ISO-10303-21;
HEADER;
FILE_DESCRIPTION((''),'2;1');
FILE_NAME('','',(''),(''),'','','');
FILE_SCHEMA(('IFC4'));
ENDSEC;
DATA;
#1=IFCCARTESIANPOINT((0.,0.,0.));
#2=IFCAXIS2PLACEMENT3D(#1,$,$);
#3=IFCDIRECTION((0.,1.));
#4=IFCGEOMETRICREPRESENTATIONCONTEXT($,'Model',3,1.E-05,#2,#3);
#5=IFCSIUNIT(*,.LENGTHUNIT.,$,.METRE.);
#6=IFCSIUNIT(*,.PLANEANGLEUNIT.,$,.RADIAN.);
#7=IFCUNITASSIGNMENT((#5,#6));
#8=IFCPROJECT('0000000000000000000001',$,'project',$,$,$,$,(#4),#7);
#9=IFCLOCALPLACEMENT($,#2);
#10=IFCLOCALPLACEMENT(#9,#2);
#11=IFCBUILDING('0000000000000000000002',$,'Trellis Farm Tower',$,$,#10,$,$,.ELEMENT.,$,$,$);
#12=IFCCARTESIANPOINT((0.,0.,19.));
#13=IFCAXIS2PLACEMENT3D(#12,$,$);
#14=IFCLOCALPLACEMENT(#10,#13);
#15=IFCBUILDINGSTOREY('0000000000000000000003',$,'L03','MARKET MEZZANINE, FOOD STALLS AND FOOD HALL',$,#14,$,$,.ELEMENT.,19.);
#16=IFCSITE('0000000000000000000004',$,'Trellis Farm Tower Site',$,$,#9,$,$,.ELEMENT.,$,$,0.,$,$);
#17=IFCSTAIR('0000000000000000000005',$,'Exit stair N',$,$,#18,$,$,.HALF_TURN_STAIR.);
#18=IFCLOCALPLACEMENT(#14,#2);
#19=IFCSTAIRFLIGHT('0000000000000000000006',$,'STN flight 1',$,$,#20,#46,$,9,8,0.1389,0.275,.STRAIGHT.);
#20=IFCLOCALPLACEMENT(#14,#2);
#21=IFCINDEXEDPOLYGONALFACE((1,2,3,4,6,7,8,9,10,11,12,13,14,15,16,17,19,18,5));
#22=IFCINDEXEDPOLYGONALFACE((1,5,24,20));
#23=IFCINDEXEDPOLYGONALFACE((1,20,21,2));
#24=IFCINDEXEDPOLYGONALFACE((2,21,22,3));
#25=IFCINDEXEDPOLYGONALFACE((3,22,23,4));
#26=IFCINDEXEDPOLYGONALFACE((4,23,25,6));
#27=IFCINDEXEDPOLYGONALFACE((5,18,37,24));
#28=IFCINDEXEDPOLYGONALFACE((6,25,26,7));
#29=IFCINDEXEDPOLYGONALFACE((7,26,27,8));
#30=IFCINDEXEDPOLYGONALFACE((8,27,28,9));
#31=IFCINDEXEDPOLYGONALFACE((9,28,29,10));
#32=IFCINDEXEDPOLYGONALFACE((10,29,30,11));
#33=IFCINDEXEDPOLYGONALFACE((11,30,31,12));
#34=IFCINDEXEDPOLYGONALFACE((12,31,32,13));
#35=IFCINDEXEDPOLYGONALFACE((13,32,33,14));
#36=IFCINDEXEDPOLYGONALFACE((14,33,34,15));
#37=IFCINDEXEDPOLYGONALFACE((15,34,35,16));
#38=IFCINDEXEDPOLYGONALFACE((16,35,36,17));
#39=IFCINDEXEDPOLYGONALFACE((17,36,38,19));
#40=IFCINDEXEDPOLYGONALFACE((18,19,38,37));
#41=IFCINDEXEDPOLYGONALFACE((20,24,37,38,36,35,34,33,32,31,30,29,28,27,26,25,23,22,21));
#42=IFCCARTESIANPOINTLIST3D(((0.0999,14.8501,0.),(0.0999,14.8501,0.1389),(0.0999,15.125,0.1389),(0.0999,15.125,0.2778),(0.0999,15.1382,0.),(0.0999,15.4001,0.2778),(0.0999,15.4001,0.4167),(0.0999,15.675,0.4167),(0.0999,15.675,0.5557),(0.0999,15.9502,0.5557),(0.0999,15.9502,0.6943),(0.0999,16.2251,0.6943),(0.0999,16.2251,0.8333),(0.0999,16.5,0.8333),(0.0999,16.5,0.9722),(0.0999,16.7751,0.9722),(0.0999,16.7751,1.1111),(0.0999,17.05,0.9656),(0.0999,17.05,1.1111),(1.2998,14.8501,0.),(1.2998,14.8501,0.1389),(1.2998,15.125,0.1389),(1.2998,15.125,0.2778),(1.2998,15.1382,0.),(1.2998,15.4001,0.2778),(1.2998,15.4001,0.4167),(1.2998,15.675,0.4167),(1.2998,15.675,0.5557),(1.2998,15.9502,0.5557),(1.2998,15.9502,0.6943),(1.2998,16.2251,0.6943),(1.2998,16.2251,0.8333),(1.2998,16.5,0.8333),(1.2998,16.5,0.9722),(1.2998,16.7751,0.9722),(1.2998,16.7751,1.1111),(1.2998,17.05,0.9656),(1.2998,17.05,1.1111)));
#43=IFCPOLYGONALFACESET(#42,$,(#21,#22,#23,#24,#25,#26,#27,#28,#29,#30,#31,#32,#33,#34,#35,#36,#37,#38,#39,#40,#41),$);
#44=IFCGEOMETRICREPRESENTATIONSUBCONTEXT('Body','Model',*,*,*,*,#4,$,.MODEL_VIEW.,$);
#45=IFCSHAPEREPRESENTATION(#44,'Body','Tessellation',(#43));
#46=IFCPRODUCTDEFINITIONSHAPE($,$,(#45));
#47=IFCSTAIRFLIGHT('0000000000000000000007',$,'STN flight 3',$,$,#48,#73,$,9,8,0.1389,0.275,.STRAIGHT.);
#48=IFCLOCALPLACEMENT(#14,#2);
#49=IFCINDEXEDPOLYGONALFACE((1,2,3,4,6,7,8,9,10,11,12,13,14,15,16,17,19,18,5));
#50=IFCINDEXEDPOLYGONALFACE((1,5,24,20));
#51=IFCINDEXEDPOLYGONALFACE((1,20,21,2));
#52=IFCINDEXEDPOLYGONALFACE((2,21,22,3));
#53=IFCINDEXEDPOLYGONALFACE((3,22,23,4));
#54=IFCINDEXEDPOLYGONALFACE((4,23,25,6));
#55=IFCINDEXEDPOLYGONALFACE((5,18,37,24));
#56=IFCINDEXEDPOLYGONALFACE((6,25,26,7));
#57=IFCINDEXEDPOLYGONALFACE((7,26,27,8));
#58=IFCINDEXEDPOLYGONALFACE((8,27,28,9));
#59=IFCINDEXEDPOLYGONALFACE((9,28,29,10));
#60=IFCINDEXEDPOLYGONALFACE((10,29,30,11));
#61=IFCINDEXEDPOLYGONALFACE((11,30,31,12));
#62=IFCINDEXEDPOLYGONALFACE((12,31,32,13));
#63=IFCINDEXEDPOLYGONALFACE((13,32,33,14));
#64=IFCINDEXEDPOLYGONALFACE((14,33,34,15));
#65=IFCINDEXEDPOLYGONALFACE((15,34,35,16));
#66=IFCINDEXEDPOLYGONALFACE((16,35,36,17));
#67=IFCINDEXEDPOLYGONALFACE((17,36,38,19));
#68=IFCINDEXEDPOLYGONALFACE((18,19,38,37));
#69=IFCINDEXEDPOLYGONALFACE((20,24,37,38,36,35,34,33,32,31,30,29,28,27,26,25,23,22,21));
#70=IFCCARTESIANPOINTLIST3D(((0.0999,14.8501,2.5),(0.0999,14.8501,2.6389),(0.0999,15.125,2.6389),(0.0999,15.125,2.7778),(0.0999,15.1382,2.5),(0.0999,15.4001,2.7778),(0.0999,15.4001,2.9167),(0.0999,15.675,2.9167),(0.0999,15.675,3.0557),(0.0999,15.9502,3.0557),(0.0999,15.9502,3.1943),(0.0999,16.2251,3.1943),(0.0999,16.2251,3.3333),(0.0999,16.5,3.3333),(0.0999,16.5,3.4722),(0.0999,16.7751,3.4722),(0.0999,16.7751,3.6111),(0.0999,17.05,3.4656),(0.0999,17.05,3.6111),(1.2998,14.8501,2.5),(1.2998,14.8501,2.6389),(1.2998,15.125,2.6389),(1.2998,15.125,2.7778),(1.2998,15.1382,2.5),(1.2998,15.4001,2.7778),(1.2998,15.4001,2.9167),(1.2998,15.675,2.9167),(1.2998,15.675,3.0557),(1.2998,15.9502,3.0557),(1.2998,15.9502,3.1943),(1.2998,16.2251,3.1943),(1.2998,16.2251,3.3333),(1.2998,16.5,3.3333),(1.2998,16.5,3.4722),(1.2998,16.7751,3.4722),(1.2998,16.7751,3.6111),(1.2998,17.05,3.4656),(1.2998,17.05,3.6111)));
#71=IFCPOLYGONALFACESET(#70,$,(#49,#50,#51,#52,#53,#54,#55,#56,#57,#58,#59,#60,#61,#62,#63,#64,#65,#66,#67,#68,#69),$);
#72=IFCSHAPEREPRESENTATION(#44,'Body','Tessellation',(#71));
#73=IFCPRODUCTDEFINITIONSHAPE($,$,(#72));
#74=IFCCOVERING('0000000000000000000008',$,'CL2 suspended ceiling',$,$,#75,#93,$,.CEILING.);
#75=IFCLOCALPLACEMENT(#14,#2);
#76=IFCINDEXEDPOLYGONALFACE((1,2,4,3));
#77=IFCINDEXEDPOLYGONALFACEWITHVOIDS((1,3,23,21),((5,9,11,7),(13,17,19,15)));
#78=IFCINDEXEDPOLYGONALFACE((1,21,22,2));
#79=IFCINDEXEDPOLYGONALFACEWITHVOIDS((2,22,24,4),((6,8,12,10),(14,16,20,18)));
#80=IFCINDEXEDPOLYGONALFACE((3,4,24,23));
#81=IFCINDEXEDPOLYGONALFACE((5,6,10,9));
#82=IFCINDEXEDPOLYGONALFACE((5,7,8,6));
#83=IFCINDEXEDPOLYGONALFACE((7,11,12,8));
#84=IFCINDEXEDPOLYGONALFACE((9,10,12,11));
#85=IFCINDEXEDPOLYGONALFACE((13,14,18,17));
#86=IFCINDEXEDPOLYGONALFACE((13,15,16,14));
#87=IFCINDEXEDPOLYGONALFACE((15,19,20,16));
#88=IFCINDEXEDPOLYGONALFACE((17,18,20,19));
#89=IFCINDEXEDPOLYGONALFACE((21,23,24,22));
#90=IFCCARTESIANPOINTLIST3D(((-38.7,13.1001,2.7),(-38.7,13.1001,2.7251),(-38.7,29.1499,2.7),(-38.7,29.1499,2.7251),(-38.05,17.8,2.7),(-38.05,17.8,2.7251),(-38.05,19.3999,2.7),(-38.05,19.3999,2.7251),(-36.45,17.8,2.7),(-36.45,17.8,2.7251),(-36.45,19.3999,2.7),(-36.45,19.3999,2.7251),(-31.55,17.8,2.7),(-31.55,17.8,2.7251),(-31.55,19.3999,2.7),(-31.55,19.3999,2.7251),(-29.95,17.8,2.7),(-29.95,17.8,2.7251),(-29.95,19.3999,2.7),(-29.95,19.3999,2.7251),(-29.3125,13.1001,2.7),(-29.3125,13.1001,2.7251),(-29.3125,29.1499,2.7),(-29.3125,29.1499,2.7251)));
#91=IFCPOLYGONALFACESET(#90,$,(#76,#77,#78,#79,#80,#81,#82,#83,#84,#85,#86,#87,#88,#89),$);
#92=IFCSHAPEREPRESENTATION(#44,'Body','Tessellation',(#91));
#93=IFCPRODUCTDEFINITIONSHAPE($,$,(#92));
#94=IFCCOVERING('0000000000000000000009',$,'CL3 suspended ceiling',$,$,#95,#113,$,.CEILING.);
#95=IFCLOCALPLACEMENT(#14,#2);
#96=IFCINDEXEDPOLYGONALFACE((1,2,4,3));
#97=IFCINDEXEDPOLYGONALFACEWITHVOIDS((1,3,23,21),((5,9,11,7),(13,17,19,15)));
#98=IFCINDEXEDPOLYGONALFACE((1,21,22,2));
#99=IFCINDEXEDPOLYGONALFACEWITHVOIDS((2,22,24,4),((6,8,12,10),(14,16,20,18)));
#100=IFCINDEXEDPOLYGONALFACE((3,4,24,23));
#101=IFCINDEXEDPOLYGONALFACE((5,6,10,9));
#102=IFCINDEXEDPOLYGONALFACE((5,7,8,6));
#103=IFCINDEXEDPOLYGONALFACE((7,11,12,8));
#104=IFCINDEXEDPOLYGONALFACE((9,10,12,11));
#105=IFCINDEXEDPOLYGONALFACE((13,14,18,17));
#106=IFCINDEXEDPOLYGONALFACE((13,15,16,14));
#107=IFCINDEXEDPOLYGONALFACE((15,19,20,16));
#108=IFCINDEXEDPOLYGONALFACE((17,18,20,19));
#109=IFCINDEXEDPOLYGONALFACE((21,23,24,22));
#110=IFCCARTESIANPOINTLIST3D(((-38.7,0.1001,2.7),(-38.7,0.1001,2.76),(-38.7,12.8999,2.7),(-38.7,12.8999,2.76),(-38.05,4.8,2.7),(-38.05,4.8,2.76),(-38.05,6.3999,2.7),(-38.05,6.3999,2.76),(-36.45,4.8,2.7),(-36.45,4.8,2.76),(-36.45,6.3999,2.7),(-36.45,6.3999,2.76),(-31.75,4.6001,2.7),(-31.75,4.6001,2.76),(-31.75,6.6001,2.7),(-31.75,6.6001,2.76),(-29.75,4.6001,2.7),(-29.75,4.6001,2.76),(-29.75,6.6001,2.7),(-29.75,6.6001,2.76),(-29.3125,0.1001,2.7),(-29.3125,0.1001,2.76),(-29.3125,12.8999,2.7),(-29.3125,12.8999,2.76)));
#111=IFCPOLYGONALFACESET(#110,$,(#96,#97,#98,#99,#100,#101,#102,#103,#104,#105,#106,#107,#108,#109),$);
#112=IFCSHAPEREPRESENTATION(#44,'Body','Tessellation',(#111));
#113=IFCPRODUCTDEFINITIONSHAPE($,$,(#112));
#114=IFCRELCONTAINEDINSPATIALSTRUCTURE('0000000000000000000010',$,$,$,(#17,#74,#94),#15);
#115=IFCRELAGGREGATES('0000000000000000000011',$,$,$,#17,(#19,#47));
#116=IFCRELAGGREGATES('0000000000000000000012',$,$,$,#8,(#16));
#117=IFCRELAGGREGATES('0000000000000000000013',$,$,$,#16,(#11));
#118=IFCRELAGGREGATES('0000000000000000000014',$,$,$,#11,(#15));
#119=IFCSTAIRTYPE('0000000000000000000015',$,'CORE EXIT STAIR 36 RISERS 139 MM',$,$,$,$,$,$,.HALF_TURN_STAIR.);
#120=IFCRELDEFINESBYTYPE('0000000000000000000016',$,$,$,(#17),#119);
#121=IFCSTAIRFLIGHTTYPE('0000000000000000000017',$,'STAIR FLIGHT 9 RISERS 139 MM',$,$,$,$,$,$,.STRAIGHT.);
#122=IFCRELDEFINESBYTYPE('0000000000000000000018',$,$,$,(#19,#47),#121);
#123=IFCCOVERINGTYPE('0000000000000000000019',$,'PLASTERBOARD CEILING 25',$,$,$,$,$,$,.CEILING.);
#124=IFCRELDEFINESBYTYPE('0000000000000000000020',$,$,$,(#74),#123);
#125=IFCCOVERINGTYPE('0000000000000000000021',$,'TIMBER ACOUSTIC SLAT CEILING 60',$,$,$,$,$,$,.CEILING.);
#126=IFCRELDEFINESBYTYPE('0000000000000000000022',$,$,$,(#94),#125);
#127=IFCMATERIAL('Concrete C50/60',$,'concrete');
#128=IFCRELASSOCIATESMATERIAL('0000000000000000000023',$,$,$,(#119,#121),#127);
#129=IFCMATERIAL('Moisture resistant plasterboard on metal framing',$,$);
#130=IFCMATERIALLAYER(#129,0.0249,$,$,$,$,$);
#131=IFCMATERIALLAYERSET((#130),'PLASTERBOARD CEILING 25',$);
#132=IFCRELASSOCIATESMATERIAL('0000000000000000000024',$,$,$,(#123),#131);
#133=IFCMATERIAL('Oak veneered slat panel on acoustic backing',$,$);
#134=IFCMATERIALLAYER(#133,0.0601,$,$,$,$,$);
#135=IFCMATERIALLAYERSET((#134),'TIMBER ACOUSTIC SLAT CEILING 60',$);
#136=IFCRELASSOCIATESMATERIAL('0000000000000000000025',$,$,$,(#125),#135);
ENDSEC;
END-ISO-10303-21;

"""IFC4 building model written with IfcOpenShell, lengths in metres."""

from ifc_helpers import new_model, si_unit, direction, frame, origin, place, context, subcontext, project, spatial, polyline, outline, extrude, source, transform, mapped, material, layer, layer_set, type_object, element, aggregate, save


model = new_model("IFC4")

# Units and contexts
model_context = context("Model", 3, precision=1e-05, world=origin(), true_north=direction((0.0, 1.0)))
body_context = subcontext(model_context, "Body", "Model", "MODEL_VIEW")
ifc_project = project(units=[si_unit("LENGTHUNIT", "METRE"), si_unit("PLANEANGLEUNIT", "RADIAN")], contexts=[model_context])

# Site, building, storey
site_placement = place(None, origin())
site = spatial("IfcSite", under=ifc_project, at=site_placement, Name="Trellis Farm Tower Site", CompositionType="ELEMENT", RefElevation=0.0)
building_placement = place(site_placement, origin())
building = spatial("IfcBuilding", under=site, at=building_placement, Name="Trellis Farm Tower", CompositionType="ELEMENT")
storey_placement = place(building_placement, frame((0.0, 0.0, 19.0)))
storey = spatial("IfcBuildingStorey", under=building, at=storey_placement, Name="L03", Description="MARKET MEZZANINE, FOOD STALLS AND FOOD HALL", CompositionType="ELEMENT", Elevation=19.0)

# Stair, stair flights
ifc_material_1 = material(Name="Concrete C50/60", Category="concrete")
stair_type = type_object("IfcStairType", Name="CORE EXIT STAIR 36 RISERS 139 MM", PredefinedType="HALF_TURN_STAIR", material=ifc_material_1)
stair_placement = place(storey_placement, origin())
stair = element("IfcStair", 1, at=stair_placement, inside=storey, type_object=stair_type, Name="Exit stair N", PredefinedType="HALF_TURN_STAIR")
stair_flight_type = type_object("IfcStairFlightType", Name="STAIR FLIGHT 9 RISERS 139 MM", PredefinedType="STRAIGHT", material=ifc_material_1)
shared_shape_1 = source(origin(), body_context, "Body", "SweptSolid", [
    extrude(outline(polyline([(0.0, 0.0), (0.0, 0.1389), (0.2749, 0.1389), (0.2749, 0.2778), (0.55, 0.2778), (0.55, 0.4167), (0.825, 0.4167), (0.825, 0.5557), (1.1001, 0.5557), (1.1001, 0.6943), (1.375, 0.6943), (1.375, 0.8333), (1.6499, 0.8333), (1.6499, 0.9722), (1.925, 0.9722), (1.925, 1.1111), (2.2, 1.1111), (2.2, 1.25), (2.2, 0.9656), (0.2881, 0.0), (0.0, 0.0)])), frame((0.0, 0.6001, 0.0), z_axis=(0.0, -1.0, 0.0), x_axis=(1.0, 0.0, 0.0)), (0.0, 0.0, 1.0), 1.2),
])
stair_flight_1_placement = place(storey_placement, frame((0.7, 14.8501, 0.0), z_axis=(0.0, 0.0, 1.0), x_axis=(0.0, 1.0, 0.0)))
stair_flight_1 = element("IfcStairFlight", 2, at=stair_flight_1_placement, type_object=stair_flight_type, Name="STN flight 1", NumberOfRisers=9, NumberOfTreads=8, PredefinedType="STRAIGHT", RiserHeight=0.1389, TreadLength=0.275, context=body_context, shape_type="MappedRepresentation", body=[
    mapped(shared_shape_1, transform((0.0, 0.0, 0.0))),
])
stair_flight_2_placement = place(storey_placement, frame((0.7, 14.8501, 2.5), z_axis=(0.0, 0.0, 1.0), x_axis=(0.0, 1.0, 0.0)))
stair_flight_2 = element("IfcStairFlight", 3, at=stair_flight_2_placement, type_object=stair_flight_type, Name="STN flight 3", NumberOfRisers=9, NumberOfTreads=8, PredefinedType="STRAIGHT", RiserHeight=0.1389, TreadLength=0.275, context=body_context, shape_type="MappedRepresentation", body=[
    mapped(shared_shape_1, transform((0.0, 0.0, 0.0))),
])
aggregate(stair, [stair_flight_1, stair_flight_2])

# Coverings
ifc_material_2 = material(Name="Moisture resistant plasterboard on metal framing")
ifc_layer_1 = layer(ifc_material_2, 0.0249)
ifc_layer_set_1 = layer_set([ifc_layer_1], Name="PLASTERBOARD CEILING 25")
covering_type_1 = type_object("IfcCoveringType", Name="PLASTERBOARD CEILING 25", PredefinedType="CEILING", material=ifc_layer_set_1)
placement = place(storey_placement, frame((0.0, 0.0, 2.7)))
element("IfcCovering", 4, at=placement, inside=storey, type_object=covering_type_1, Name="CL2 suspended ceiling", PredefinedType="CEILING", context=body_context, shape_type="SweptSolid", body=[
    extrude(outline(polyline([(-29.3125, 29.1499), (-29.3125, 13.1001), (-38.7, 13.1001), (-38.7, 29.1499), (-29.3125, 29.1499)]), holes=[polyline([(-38.05, 17.8), (-36.45, 17.8), (-36.45, 19.3999), (-38.05, 19.3999), (-38.05, 17.8)]), polyline([(-31.55, 17.8), (-29.95, 17.8), (-29.95, 19.3999), (-31.55, 19.3999), (-31.55, 17.8)])]), origin(), (0.0, 0.0, 1.0), 0.0251),
])
ifc_material_3 = material(Name="Oak veneered slat panel on acoustic backing")
ifc_layer_2 = layer(ifc_material_3, 0.0601)
ifc_layer_set_2 = layer_set([ifc_layer_2], Name="TIMBER ACOUSTIC SLAT CEILING 60")
covering_type_2 = type_object("IfcCoveringType", Name="TIMBER ACOUSTIC SLAT CEILING 60", PredefinedType="CEILING", material=ifc_layer_set_2)
element("IfcCovering", 5, at=placement, inside=storey, type_object=covering_type_2, Name="CL3 suspended ceiling", PredefinedType="CEILING", context=body_context, shape_type="SweptSolid", body=[
    extrude(outline(polyline([(-29.3125, 12.8999), (-29.3125, 0.1001), (-38.7, 0.1001), (-38.7, 12.8999), (-29.3125, 12.8999)]), holes=[polyline([(-38.05, 4.8), (-36.45, 4.8), (-36.45, 6.3999), (-38.05, 6.3999), (-38.05, 4.8)]), polyline([(-31.75, 4.6001), (-29.75, 4.6001), (-29.75, 6.6001), (-31.75, 6.6001), (-31.75, 4.6001)])]), origin(), (0.0, 0.0, 1.0), 0.0601),
])

save(model, "model.ifc")
